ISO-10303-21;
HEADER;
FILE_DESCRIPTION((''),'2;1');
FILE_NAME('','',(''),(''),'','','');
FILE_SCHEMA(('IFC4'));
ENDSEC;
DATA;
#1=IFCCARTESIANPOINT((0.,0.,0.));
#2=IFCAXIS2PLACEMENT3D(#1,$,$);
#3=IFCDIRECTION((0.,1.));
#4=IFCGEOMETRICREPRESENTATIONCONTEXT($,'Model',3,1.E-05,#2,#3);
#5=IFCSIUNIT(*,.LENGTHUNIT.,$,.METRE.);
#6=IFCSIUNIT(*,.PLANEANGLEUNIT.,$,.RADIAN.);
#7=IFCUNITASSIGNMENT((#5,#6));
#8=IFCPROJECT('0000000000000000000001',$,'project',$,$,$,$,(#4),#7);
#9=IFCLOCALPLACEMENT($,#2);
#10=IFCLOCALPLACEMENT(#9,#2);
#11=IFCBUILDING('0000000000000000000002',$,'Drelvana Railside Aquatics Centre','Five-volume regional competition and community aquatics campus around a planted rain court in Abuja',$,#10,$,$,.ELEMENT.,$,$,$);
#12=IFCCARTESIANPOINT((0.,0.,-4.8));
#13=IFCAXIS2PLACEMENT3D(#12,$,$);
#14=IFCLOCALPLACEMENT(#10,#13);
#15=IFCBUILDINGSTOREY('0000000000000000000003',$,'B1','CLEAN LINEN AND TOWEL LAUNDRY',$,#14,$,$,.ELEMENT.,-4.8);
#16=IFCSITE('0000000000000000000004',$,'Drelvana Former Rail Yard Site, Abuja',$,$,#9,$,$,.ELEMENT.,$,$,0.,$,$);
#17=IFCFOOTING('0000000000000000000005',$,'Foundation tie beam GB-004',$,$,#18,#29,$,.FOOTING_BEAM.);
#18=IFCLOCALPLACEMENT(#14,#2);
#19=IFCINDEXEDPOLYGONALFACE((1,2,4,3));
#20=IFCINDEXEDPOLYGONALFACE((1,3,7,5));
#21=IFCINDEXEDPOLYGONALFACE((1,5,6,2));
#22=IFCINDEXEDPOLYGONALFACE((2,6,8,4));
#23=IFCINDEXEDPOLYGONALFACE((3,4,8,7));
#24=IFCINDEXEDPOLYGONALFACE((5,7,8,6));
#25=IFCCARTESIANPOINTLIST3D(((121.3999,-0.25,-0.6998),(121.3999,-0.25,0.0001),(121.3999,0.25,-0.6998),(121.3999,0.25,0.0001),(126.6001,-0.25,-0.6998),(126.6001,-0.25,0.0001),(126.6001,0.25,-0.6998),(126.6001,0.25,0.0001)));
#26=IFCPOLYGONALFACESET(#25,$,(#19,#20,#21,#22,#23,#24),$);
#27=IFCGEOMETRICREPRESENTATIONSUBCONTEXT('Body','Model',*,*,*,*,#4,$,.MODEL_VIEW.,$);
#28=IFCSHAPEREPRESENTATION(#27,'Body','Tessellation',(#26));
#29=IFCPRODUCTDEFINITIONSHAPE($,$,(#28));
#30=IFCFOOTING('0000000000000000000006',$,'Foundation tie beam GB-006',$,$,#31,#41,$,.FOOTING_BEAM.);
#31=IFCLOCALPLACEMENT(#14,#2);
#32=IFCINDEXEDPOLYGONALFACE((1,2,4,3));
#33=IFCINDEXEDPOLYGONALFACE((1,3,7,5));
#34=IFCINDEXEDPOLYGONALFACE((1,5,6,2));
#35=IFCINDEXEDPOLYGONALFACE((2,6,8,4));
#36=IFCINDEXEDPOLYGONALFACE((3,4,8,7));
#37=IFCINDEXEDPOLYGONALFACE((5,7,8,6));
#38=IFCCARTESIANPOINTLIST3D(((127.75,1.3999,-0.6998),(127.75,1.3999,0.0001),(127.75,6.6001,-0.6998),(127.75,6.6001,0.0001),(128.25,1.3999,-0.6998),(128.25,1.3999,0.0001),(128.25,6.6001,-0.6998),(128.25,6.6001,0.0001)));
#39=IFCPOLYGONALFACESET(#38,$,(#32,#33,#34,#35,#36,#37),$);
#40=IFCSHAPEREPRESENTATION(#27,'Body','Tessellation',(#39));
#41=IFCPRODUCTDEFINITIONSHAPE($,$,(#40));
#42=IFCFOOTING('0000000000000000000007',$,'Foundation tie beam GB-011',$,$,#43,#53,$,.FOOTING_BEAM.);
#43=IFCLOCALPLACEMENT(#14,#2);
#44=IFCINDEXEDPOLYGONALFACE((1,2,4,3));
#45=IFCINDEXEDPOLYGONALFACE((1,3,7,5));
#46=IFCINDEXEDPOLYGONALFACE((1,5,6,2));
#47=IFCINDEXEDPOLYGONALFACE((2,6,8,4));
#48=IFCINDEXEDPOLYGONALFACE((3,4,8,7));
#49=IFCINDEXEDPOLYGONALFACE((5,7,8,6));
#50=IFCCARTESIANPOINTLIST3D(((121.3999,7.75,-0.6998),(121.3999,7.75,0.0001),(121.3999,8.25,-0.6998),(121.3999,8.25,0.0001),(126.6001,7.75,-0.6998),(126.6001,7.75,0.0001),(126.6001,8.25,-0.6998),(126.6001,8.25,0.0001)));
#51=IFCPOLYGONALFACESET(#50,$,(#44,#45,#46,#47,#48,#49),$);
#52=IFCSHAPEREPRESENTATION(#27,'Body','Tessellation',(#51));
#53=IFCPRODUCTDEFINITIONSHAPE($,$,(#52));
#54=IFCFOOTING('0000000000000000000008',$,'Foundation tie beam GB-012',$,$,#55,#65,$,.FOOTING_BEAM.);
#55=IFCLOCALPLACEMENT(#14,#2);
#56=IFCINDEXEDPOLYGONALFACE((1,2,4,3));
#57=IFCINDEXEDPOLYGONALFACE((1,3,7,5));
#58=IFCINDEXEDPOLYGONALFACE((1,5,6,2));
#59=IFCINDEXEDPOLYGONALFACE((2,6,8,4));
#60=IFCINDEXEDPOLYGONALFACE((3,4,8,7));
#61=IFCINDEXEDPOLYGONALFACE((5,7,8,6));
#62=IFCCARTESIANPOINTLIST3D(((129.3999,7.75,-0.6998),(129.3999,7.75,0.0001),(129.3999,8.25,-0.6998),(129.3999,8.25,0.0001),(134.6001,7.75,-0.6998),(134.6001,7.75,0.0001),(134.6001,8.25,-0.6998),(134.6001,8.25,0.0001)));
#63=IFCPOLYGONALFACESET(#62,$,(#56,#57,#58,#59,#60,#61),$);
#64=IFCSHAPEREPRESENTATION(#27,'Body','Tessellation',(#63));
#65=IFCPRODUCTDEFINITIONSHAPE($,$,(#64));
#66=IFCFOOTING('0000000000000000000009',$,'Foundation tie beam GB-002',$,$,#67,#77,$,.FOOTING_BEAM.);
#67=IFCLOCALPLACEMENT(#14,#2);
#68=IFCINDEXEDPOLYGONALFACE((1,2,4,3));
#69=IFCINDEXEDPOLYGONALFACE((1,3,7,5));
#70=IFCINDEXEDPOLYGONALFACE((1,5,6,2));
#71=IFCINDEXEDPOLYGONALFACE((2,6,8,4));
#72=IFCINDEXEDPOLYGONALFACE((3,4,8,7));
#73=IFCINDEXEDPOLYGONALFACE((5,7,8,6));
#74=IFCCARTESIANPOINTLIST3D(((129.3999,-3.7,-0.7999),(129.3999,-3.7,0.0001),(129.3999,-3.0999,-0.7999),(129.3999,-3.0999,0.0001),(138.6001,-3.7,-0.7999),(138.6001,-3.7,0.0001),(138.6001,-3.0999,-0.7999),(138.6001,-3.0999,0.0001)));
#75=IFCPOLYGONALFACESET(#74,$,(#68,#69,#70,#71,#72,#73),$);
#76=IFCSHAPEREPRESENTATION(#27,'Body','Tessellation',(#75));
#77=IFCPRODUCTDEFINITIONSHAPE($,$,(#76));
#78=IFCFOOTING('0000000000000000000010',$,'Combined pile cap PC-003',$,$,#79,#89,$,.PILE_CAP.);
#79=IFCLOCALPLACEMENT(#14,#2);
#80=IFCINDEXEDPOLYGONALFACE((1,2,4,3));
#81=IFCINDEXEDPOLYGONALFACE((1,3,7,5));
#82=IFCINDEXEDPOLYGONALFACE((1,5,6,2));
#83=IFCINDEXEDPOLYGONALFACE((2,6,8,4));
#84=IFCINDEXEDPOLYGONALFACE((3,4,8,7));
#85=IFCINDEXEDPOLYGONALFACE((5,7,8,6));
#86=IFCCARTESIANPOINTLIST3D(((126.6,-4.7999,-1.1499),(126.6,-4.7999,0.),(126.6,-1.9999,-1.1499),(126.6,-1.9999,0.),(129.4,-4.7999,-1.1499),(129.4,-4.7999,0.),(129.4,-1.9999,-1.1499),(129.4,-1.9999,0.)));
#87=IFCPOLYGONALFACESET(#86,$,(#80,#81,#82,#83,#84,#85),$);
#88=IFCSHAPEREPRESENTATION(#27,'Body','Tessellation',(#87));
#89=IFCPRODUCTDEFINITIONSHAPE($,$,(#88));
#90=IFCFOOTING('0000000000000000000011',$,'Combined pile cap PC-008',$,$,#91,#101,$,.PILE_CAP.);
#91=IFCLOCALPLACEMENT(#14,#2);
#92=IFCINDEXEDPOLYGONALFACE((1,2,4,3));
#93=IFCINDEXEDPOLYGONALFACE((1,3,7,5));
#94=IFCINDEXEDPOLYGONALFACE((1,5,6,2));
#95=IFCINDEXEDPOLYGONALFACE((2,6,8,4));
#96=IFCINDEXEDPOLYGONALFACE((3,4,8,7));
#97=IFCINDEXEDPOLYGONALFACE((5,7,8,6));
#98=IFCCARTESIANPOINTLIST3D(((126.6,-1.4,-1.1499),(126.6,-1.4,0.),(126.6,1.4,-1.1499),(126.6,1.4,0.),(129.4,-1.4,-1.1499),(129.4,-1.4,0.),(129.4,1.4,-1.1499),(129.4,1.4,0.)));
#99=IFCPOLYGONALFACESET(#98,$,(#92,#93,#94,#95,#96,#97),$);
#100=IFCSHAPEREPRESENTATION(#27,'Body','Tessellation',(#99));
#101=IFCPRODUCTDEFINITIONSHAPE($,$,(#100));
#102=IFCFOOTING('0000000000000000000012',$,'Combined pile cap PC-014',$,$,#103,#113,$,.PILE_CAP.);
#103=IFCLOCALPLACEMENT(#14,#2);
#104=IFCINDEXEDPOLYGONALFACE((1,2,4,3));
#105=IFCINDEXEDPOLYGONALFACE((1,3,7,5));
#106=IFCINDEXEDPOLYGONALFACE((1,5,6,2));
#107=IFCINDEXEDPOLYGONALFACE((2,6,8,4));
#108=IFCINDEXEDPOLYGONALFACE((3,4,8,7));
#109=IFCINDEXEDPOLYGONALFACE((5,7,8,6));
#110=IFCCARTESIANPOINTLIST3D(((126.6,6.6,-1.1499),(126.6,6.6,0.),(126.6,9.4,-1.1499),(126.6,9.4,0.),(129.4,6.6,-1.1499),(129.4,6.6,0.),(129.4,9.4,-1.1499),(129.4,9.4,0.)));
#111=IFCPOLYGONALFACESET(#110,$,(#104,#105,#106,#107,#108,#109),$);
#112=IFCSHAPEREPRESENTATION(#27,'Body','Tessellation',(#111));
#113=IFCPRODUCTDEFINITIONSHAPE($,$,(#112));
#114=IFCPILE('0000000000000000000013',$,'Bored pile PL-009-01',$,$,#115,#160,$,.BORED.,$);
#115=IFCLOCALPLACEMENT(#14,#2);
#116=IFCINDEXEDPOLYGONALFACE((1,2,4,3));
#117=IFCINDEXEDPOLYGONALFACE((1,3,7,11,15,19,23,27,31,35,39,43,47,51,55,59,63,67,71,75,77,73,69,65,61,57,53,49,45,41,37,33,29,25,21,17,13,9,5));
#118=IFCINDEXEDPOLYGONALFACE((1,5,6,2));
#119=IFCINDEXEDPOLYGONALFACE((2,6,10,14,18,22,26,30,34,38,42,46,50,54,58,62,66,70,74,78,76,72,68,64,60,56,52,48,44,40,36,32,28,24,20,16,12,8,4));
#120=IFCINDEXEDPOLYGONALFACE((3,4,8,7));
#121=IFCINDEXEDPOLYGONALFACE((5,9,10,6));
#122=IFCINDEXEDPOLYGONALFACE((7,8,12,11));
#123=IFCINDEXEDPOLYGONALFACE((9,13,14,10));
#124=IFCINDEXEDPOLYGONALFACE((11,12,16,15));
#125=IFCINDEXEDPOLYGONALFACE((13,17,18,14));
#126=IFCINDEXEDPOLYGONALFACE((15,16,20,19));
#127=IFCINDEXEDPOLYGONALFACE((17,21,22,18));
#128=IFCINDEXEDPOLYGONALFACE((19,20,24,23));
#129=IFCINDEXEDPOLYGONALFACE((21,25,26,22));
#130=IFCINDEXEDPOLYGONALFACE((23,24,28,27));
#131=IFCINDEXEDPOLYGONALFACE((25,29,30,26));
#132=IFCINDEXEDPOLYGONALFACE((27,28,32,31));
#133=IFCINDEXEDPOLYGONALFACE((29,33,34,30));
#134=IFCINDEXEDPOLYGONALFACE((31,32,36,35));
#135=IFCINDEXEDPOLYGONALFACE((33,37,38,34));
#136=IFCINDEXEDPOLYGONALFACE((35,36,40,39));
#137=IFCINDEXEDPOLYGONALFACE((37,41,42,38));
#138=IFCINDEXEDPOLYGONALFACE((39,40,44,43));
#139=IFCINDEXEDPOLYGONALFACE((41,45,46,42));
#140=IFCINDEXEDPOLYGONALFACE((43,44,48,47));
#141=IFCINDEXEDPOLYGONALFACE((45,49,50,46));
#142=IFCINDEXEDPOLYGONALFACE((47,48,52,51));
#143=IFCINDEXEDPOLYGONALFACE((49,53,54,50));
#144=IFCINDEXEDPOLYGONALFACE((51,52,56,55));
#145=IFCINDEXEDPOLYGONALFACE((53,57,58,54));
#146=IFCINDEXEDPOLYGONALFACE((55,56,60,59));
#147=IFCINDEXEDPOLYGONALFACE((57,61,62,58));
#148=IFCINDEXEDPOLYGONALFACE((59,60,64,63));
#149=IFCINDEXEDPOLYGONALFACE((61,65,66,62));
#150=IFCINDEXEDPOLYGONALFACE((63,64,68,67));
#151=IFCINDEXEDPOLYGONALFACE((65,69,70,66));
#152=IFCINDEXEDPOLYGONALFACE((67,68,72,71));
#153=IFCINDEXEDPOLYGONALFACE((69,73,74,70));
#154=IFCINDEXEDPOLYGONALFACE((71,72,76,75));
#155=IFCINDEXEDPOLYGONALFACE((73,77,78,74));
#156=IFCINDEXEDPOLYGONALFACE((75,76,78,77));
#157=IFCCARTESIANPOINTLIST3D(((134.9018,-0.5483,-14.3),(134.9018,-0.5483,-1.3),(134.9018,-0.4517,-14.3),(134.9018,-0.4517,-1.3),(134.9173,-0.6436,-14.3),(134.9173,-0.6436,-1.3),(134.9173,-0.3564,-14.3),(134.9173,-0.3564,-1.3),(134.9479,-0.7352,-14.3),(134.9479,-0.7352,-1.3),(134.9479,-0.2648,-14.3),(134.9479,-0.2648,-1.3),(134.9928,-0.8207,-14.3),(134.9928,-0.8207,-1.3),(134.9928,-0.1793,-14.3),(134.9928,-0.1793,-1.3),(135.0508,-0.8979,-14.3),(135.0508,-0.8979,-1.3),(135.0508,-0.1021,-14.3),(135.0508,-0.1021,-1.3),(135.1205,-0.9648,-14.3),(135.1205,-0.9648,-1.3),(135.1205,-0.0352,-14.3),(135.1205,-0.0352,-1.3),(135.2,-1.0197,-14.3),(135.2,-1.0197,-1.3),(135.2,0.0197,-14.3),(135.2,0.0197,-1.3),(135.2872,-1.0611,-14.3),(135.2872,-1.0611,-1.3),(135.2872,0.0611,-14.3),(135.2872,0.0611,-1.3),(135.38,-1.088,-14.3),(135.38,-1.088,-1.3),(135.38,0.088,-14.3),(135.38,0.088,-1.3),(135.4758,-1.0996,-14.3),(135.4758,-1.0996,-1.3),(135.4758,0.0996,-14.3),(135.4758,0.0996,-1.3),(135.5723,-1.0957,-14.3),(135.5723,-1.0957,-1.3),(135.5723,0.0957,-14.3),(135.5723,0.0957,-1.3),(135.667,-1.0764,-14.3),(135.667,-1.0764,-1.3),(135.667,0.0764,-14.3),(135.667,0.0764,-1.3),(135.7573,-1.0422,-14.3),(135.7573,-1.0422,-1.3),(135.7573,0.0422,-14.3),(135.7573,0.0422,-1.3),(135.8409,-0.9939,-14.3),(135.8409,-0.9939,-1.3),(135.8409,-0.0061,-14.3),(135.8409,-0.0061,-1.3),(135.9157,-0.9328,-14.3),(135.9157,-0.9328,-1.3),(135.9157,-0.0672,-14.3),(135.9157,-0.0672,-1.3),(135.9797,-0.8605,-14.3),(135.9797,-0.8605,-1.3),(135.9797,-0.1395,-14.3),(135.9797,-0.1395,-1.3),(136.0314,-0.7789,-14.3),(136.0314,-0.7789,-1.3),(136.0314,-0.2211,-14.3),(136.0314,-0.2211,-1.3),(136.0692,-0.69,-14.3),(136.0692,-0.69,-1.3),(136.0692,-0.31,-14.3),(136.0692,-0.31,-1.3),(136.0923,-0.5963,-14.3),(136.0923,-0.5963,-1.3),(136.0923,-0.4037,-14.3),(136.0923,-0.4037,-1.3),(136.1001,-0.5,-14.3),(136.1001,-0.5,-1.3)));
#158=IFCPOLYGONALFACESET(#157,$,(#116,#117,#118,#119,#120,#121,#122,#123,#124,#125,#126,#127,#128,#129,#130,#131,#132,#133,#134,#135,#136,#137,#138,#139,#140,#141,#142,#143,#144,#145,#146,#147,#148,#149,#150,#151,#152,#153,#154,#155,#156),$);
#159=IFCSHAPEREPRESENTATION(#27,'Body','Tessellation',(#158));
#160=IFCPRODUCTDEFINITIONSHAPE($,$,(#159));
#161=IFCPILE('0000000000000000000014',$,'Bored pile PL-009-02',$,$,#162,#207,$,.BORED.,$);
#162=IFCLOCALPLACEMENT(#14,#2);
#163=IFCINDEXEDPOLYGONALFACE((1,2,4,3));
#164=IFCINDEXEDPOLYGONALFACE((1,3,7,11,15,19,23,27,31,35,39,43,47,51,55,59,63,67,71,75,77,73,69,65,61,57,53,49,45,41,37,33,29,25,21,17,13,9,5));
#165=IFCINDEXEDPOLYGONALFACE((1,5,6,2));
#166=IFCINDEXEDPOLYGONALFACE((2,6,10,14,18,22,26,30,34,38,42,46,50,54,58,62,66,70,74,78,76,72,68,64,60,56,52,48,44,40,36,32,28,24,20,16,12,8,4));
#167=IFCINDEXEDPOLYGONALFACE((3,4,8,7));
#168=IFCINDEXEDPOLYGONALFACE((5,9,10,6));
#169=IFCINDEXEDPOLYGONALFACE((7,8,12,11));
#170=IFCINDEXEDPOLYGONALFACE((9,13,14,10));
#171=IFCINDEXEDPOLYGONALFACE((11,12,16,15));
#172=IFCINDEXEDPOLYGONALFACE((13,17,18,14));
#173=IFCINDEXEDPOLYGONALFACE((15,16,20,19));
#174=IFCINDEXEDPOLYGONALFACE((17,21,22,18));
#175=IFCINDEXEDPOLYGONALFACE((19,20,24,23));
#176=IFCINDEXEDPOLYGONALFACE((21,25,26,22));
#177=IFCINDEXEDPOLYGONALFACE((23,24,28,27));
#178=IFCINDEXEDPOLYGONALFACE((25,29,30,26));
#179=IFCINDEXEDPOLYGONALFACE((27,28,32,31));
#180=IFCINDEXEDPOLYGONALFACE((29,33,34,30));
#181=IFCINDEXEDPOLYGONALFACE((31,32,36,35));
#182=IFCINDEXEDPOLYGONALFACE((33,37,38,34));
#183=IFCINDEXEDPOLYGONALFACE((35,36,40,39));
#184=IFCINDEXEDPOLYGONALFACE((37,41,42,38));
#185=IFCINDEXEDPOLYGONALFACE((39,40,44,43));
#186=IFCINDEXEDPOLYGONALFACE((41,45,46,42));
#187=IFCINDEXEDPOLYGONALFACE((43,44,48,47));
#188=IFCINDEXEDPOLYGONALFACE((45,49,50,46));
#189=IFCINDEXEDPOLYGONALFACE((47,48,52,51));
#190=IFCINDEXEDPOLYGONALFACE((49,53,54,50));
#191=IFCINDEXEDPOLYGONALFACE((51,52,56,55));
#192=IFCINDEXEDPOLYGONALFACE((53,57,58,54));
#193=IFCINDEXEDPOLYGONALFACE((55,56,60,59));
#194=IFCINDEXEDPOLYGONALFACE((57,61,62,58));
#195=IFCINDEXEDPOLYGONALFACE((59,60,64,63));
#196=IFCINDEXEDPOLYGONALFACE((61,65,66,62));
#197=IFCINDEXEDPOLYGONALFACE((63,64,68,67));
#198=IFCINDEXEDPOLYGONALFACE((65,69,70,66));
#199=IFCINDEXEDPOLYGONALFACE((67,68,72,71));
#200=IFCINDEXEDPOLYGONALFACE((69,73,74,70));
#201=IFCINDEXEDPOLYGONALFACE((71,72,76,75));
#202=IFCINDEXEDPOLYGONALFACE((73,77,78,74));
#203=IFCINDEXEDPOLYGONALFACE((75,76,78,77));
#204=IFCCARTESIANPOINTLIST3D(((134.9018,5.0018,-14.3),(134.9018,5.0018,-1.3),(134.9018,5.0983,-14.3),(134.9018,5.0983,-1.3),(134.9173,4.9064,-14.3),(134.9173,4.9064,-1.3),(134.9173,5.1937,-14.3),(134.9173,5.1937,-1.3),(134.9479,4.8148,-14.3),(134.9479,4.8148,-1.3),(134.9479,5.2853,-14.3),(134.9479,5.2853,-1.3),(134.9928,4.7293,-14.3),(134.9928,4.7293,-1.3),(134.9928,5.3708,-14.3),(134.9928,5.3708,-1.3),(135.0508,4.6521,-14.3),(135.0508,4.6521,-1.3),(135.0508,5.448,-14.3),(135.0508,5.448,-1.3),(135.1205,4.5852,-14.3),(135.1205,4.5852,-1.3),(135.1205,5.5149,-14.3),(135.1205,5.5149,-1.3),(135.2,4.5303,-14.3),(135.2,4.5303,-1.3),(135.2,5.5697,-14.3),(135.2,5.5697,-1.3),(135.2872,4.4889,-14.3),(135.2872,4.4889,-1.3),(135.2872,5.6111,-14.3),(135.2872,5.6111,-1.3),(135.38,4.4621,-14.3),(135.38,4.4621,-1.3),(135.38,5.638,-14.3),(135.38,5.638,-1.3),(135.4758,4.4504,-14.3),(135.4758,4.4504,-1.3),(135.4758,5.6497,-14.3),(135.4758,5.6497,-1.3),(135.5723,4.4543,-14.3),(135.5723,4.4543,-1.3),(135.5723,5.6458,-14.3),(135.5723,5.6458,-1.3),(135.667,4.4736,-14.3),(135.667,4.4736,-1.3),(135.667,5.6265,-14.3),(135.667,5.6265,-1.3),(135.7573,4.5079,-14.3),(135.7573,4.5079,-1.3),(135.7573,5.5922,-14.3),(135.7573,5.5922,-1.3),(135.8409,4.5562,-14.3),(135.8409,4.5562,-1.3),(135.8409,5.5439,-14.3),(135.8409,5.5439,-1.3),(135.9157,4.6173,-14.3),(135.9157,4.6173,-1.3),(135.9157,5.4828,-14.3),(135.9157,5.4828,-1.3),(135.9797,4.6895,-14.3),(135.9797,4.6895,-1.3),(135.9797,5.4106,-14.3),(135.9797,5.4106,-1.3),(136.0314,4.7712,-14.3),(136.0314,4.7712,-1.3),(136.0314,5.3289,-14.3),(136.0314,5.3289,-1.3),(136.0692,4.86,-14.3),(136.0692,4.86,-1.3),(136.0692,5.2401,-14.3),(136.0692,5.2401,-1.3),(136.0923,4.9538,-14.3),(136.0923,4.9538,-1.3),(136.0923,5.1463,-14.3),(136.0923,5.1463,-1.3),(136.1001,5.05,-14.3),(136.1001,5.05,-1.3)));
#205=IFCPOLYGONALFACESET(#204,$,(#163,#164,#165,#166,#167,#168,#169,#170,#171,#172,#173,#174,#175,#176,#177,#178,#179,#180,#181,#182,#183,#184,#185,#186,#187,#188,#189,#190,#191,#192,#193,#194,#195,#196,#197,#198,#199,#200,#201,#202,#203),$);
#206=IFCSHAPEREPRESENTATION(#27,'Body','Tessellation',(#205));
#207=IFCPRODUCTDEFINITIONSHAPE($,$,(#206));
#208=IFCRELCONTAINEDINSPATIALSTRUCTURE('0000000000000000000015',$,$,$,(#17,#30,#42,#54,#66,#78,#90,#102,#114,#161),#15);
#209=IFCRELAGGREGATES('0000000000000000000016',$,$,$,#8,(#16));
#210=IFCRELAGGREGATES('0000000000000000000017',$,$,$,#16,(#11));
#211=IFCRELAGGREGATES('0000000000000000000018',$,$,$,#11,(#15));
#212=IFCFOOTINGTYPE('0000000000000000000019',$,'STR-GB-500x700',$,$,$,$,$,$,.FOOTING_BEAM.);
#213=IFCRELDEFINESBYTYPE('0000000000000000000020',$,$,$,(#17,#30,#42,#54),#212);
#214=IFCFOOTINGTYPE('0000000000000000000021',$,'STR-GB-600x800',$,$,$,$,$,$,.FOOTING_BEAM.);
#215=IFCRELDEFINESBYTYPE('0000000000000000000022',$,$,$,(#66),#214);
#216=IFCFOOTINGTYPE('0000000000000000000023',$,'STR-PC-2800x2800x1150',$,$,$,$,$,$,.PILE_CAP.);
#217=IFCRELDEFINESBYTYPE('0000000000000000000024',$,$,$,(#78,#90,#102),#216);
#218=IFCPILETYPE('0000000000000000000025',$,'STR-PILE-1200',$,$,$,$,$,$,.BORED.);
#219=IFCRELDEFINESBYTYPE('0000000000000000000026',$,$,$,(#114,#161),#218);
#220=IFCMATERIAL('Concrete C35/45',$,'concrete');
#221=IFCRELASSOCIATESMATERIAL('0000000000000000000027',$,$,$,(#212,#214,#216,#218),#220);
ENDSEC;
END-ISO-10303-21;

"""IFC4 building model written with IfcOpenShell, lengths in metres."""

from ifc_helpers import new_model, si_unit, direction, frame, origin, origin_2d, place, context, subcontext, project, spatial, rectangle, circle, extrude, material, material_profile, profile_set, type_object, element, save


model = new_model("IFC4")

# Units and contexts
model_context = context("Model", 3, precision=1e-05, world=origin(), true_north=direction((0.0, 1.0)))
body_context = subcontext(model_context, "Body", "Model", "MODEL_VIEW")
ifc_project = project(units=[si_unit("LENGTHUNIT", "METRE"), si_unit("PLANEANGLEUNIT", "RADIAN")], contexts=[model_context])

# Site, building, storey
site_placement = place(None, origin())
site = spatial("IfcSite", under=ifc_project, at=site_placement, Name="Drelvana Former Rail Yard Site, Abuja", CompositionType="ELEMENT", RefElevation=0.0)
building_placement = place(site_placement, origin())
building = spatial("IfcBuilding", under=site, at=building_placement, Name="Drelvana Railside Aquatics Centre", Description="Five-volume regional competition and community aquatics campus around a planted rain court in Abuja", CompositionType="ELEMENT")
storey_placement = place(building_placement, frame((0.0, 0.0, -4.8)))
storey = spatial("IfcBuildingStorey", under=building, at=storey_placement, Name="B1", Description="CLEAN LINEN AND TOWEL LAUNDRY", CompositionType="ELEMENT", Elevation=-4.8)

# Footings
ifc_material_1 = material(Name="Concrete C35/45", Category="concrete")
ifc_material_profile_1 = material_profile(ifc_material_1, rectangle(XDim=0.5, YDim=0.7, at=origin_2d()), Name="GB 500x700")
ifc_profile_set_1 = profile_set([ifc_material_profile_1], Name="Concrete C35/45")
footing_type_1 = type_object("IfcFootingType", Name="STR-GB-500x700", PredefinedType="FOOTING_BEAM", material=ifc_profile_set_1)
for number, where, z_axis, x_axis, name in (
    (1, (121.3999, 0.0, -0.3499), (1.0, 0.0, 0.0), (0.0, 1.0, 0.0), "Foundation tie beam GB-004"),
    (2, (128.0, 1.3999, -0.3499), (0.0, 1.0, 0.0), (-1.0, 0.0, 0.0), "Foundation tie beam GB-006"),
    (3, (121.3999, 8.0, -0.3499), (1.0, 0.0, 0.0), (0.0, 1.0, 0.0), "Foundation tie beam GB-011"),
    (4, (129.3999, 8.0, -0.3499), (1.0, 0.0, 0.0), (0.0, 1.0, 0.0), "Foundation tie beam GB-012"),
):
    element("IfcFooting", number, at=place(storey_placement, frame(where, z_axis=z_axis, x_axis=x_axis)), inside=storey, type_object=footing_type_1, Name=name, PredefinedType="FOOTING_BEAM", context=body_context, shape_type="SweptSolid", body=[
        extrude(rectangle(XDim=0.5, YDim=0.7, at=origin_2d()), origin(), (0.0, 0.0, 1.0), 5.2002),
    ])
ifc_material_profile_2 = material_profile(ifc_material_1, rectangle(XDim=0.6001, YDim=0.8, at=origin_2d()), Name="GB 600x800")
ifc_profile_set_2 = profile_set([ifc_material_profile_2], Name="Concrete C35/45")
footing_type_2 = type_object("IfcFootingType", Name="STR-GB-600x800", PredefinedType="FOOTING_BEAM", material=ifc_profile_set_2)
footing_placement = place(storey_placement, frame((129.3999, -3.3999, -0.3999), z_axis=(1.0, 0.0, 0.0), x_axis=(0.0, 1.0, 0.0)))
element("IfcFooting", 5, at=footing_placement, inside=storey, type_object=footing_type_2, Name="Foundation tie beam GB-002", PredefinedType="FOOTING_BEAM", context=body_context, shape_type="SweptSolid", body=[
    extrude(rectangle(XDim=0.6001, YDim=0.8, at=origin_2d()), origin(), (0.0, 0.0, 1.0), 9.2002),
])
footing_type_3 = type_object("IfcFootingType", Name="STR-PC-2800x2800x1150", PredefinedType="PILE_CAP", material=ifc_material_1)
for number, where, z_axis, x_axis, name in (
    (6, (128.0, -3.3999, -1.1499), (0.0, 0.0, 1.0), (1.0, 0.0, 0.0), "Combined pile cap PC-003"),
    (7, (128.0, 0.0, -1.1499), (0.0, 0.0, 1.0), (1.0, 0.0, 0.0), "Combined pile cap PC-008"),
    (8, (128.0, 8.0, -1.1499), (0.0, 0.0, 1.0), (1.0, 0.0, 0.0), "Combined pile cap PC-014"),
):
    element("IfcFooting", number, at=place(storey_placement, frame(where, z_axis=z_axis, x_axis=x_axis)), inside=storey, type_object=footing_type_3, Name=name, PredefinedType="PILE_CAP", context=body_context, shape_type="SweptSolid", body=[
        extrude(rectangle(XDim=2.8, YDim=2.8, at=origin_2d()), origin(), (0.0, 0.0, 1.0), 1.1499),
    ])

# Piles
ifc_material_profile_3 = material_profile(ifc_material_1, circle(Radius=0.6001, at=origin_2d()), Name="PILE D1200")
ifc_profile_set_3 = profile_set([ifc_material_profile_3], Name="Concrete C35/45")
pile_type_1 = type_object("IfcPileType", Name="STR-PILE-1200", PredefinedType="BORED", material=ifc_profile_set_3)
for number, where, z_axis, x_axis, name in (
    (9, (135.5, -0.5, -1.3), (0.0, 0.0, -1.0), (1.0, 0.0, 0.0), "Bored pile PL-009-01"),
    (10, (135.5, 5.05, -1.3), (0.0, 0.0, -1.0), (1.0, 0.0, 0.0), "Bored pile PL-009-02"),
):
    element("IfcPile", number, at=place(storey_placement, frame(where, z_axis=z_axis, x_axis=x_axis)), inside=storey, type_object=pile_type_1, Name=name, PredefinedType="BORED", context=body_context, shape_type="SweptSolid", body=[
        extrude(circle(Radius=0.6001, at=origin_2d()), origin(), (0.0, 0.0, 1.0), 13.0),
    ])

save(model, "model.ifc")
